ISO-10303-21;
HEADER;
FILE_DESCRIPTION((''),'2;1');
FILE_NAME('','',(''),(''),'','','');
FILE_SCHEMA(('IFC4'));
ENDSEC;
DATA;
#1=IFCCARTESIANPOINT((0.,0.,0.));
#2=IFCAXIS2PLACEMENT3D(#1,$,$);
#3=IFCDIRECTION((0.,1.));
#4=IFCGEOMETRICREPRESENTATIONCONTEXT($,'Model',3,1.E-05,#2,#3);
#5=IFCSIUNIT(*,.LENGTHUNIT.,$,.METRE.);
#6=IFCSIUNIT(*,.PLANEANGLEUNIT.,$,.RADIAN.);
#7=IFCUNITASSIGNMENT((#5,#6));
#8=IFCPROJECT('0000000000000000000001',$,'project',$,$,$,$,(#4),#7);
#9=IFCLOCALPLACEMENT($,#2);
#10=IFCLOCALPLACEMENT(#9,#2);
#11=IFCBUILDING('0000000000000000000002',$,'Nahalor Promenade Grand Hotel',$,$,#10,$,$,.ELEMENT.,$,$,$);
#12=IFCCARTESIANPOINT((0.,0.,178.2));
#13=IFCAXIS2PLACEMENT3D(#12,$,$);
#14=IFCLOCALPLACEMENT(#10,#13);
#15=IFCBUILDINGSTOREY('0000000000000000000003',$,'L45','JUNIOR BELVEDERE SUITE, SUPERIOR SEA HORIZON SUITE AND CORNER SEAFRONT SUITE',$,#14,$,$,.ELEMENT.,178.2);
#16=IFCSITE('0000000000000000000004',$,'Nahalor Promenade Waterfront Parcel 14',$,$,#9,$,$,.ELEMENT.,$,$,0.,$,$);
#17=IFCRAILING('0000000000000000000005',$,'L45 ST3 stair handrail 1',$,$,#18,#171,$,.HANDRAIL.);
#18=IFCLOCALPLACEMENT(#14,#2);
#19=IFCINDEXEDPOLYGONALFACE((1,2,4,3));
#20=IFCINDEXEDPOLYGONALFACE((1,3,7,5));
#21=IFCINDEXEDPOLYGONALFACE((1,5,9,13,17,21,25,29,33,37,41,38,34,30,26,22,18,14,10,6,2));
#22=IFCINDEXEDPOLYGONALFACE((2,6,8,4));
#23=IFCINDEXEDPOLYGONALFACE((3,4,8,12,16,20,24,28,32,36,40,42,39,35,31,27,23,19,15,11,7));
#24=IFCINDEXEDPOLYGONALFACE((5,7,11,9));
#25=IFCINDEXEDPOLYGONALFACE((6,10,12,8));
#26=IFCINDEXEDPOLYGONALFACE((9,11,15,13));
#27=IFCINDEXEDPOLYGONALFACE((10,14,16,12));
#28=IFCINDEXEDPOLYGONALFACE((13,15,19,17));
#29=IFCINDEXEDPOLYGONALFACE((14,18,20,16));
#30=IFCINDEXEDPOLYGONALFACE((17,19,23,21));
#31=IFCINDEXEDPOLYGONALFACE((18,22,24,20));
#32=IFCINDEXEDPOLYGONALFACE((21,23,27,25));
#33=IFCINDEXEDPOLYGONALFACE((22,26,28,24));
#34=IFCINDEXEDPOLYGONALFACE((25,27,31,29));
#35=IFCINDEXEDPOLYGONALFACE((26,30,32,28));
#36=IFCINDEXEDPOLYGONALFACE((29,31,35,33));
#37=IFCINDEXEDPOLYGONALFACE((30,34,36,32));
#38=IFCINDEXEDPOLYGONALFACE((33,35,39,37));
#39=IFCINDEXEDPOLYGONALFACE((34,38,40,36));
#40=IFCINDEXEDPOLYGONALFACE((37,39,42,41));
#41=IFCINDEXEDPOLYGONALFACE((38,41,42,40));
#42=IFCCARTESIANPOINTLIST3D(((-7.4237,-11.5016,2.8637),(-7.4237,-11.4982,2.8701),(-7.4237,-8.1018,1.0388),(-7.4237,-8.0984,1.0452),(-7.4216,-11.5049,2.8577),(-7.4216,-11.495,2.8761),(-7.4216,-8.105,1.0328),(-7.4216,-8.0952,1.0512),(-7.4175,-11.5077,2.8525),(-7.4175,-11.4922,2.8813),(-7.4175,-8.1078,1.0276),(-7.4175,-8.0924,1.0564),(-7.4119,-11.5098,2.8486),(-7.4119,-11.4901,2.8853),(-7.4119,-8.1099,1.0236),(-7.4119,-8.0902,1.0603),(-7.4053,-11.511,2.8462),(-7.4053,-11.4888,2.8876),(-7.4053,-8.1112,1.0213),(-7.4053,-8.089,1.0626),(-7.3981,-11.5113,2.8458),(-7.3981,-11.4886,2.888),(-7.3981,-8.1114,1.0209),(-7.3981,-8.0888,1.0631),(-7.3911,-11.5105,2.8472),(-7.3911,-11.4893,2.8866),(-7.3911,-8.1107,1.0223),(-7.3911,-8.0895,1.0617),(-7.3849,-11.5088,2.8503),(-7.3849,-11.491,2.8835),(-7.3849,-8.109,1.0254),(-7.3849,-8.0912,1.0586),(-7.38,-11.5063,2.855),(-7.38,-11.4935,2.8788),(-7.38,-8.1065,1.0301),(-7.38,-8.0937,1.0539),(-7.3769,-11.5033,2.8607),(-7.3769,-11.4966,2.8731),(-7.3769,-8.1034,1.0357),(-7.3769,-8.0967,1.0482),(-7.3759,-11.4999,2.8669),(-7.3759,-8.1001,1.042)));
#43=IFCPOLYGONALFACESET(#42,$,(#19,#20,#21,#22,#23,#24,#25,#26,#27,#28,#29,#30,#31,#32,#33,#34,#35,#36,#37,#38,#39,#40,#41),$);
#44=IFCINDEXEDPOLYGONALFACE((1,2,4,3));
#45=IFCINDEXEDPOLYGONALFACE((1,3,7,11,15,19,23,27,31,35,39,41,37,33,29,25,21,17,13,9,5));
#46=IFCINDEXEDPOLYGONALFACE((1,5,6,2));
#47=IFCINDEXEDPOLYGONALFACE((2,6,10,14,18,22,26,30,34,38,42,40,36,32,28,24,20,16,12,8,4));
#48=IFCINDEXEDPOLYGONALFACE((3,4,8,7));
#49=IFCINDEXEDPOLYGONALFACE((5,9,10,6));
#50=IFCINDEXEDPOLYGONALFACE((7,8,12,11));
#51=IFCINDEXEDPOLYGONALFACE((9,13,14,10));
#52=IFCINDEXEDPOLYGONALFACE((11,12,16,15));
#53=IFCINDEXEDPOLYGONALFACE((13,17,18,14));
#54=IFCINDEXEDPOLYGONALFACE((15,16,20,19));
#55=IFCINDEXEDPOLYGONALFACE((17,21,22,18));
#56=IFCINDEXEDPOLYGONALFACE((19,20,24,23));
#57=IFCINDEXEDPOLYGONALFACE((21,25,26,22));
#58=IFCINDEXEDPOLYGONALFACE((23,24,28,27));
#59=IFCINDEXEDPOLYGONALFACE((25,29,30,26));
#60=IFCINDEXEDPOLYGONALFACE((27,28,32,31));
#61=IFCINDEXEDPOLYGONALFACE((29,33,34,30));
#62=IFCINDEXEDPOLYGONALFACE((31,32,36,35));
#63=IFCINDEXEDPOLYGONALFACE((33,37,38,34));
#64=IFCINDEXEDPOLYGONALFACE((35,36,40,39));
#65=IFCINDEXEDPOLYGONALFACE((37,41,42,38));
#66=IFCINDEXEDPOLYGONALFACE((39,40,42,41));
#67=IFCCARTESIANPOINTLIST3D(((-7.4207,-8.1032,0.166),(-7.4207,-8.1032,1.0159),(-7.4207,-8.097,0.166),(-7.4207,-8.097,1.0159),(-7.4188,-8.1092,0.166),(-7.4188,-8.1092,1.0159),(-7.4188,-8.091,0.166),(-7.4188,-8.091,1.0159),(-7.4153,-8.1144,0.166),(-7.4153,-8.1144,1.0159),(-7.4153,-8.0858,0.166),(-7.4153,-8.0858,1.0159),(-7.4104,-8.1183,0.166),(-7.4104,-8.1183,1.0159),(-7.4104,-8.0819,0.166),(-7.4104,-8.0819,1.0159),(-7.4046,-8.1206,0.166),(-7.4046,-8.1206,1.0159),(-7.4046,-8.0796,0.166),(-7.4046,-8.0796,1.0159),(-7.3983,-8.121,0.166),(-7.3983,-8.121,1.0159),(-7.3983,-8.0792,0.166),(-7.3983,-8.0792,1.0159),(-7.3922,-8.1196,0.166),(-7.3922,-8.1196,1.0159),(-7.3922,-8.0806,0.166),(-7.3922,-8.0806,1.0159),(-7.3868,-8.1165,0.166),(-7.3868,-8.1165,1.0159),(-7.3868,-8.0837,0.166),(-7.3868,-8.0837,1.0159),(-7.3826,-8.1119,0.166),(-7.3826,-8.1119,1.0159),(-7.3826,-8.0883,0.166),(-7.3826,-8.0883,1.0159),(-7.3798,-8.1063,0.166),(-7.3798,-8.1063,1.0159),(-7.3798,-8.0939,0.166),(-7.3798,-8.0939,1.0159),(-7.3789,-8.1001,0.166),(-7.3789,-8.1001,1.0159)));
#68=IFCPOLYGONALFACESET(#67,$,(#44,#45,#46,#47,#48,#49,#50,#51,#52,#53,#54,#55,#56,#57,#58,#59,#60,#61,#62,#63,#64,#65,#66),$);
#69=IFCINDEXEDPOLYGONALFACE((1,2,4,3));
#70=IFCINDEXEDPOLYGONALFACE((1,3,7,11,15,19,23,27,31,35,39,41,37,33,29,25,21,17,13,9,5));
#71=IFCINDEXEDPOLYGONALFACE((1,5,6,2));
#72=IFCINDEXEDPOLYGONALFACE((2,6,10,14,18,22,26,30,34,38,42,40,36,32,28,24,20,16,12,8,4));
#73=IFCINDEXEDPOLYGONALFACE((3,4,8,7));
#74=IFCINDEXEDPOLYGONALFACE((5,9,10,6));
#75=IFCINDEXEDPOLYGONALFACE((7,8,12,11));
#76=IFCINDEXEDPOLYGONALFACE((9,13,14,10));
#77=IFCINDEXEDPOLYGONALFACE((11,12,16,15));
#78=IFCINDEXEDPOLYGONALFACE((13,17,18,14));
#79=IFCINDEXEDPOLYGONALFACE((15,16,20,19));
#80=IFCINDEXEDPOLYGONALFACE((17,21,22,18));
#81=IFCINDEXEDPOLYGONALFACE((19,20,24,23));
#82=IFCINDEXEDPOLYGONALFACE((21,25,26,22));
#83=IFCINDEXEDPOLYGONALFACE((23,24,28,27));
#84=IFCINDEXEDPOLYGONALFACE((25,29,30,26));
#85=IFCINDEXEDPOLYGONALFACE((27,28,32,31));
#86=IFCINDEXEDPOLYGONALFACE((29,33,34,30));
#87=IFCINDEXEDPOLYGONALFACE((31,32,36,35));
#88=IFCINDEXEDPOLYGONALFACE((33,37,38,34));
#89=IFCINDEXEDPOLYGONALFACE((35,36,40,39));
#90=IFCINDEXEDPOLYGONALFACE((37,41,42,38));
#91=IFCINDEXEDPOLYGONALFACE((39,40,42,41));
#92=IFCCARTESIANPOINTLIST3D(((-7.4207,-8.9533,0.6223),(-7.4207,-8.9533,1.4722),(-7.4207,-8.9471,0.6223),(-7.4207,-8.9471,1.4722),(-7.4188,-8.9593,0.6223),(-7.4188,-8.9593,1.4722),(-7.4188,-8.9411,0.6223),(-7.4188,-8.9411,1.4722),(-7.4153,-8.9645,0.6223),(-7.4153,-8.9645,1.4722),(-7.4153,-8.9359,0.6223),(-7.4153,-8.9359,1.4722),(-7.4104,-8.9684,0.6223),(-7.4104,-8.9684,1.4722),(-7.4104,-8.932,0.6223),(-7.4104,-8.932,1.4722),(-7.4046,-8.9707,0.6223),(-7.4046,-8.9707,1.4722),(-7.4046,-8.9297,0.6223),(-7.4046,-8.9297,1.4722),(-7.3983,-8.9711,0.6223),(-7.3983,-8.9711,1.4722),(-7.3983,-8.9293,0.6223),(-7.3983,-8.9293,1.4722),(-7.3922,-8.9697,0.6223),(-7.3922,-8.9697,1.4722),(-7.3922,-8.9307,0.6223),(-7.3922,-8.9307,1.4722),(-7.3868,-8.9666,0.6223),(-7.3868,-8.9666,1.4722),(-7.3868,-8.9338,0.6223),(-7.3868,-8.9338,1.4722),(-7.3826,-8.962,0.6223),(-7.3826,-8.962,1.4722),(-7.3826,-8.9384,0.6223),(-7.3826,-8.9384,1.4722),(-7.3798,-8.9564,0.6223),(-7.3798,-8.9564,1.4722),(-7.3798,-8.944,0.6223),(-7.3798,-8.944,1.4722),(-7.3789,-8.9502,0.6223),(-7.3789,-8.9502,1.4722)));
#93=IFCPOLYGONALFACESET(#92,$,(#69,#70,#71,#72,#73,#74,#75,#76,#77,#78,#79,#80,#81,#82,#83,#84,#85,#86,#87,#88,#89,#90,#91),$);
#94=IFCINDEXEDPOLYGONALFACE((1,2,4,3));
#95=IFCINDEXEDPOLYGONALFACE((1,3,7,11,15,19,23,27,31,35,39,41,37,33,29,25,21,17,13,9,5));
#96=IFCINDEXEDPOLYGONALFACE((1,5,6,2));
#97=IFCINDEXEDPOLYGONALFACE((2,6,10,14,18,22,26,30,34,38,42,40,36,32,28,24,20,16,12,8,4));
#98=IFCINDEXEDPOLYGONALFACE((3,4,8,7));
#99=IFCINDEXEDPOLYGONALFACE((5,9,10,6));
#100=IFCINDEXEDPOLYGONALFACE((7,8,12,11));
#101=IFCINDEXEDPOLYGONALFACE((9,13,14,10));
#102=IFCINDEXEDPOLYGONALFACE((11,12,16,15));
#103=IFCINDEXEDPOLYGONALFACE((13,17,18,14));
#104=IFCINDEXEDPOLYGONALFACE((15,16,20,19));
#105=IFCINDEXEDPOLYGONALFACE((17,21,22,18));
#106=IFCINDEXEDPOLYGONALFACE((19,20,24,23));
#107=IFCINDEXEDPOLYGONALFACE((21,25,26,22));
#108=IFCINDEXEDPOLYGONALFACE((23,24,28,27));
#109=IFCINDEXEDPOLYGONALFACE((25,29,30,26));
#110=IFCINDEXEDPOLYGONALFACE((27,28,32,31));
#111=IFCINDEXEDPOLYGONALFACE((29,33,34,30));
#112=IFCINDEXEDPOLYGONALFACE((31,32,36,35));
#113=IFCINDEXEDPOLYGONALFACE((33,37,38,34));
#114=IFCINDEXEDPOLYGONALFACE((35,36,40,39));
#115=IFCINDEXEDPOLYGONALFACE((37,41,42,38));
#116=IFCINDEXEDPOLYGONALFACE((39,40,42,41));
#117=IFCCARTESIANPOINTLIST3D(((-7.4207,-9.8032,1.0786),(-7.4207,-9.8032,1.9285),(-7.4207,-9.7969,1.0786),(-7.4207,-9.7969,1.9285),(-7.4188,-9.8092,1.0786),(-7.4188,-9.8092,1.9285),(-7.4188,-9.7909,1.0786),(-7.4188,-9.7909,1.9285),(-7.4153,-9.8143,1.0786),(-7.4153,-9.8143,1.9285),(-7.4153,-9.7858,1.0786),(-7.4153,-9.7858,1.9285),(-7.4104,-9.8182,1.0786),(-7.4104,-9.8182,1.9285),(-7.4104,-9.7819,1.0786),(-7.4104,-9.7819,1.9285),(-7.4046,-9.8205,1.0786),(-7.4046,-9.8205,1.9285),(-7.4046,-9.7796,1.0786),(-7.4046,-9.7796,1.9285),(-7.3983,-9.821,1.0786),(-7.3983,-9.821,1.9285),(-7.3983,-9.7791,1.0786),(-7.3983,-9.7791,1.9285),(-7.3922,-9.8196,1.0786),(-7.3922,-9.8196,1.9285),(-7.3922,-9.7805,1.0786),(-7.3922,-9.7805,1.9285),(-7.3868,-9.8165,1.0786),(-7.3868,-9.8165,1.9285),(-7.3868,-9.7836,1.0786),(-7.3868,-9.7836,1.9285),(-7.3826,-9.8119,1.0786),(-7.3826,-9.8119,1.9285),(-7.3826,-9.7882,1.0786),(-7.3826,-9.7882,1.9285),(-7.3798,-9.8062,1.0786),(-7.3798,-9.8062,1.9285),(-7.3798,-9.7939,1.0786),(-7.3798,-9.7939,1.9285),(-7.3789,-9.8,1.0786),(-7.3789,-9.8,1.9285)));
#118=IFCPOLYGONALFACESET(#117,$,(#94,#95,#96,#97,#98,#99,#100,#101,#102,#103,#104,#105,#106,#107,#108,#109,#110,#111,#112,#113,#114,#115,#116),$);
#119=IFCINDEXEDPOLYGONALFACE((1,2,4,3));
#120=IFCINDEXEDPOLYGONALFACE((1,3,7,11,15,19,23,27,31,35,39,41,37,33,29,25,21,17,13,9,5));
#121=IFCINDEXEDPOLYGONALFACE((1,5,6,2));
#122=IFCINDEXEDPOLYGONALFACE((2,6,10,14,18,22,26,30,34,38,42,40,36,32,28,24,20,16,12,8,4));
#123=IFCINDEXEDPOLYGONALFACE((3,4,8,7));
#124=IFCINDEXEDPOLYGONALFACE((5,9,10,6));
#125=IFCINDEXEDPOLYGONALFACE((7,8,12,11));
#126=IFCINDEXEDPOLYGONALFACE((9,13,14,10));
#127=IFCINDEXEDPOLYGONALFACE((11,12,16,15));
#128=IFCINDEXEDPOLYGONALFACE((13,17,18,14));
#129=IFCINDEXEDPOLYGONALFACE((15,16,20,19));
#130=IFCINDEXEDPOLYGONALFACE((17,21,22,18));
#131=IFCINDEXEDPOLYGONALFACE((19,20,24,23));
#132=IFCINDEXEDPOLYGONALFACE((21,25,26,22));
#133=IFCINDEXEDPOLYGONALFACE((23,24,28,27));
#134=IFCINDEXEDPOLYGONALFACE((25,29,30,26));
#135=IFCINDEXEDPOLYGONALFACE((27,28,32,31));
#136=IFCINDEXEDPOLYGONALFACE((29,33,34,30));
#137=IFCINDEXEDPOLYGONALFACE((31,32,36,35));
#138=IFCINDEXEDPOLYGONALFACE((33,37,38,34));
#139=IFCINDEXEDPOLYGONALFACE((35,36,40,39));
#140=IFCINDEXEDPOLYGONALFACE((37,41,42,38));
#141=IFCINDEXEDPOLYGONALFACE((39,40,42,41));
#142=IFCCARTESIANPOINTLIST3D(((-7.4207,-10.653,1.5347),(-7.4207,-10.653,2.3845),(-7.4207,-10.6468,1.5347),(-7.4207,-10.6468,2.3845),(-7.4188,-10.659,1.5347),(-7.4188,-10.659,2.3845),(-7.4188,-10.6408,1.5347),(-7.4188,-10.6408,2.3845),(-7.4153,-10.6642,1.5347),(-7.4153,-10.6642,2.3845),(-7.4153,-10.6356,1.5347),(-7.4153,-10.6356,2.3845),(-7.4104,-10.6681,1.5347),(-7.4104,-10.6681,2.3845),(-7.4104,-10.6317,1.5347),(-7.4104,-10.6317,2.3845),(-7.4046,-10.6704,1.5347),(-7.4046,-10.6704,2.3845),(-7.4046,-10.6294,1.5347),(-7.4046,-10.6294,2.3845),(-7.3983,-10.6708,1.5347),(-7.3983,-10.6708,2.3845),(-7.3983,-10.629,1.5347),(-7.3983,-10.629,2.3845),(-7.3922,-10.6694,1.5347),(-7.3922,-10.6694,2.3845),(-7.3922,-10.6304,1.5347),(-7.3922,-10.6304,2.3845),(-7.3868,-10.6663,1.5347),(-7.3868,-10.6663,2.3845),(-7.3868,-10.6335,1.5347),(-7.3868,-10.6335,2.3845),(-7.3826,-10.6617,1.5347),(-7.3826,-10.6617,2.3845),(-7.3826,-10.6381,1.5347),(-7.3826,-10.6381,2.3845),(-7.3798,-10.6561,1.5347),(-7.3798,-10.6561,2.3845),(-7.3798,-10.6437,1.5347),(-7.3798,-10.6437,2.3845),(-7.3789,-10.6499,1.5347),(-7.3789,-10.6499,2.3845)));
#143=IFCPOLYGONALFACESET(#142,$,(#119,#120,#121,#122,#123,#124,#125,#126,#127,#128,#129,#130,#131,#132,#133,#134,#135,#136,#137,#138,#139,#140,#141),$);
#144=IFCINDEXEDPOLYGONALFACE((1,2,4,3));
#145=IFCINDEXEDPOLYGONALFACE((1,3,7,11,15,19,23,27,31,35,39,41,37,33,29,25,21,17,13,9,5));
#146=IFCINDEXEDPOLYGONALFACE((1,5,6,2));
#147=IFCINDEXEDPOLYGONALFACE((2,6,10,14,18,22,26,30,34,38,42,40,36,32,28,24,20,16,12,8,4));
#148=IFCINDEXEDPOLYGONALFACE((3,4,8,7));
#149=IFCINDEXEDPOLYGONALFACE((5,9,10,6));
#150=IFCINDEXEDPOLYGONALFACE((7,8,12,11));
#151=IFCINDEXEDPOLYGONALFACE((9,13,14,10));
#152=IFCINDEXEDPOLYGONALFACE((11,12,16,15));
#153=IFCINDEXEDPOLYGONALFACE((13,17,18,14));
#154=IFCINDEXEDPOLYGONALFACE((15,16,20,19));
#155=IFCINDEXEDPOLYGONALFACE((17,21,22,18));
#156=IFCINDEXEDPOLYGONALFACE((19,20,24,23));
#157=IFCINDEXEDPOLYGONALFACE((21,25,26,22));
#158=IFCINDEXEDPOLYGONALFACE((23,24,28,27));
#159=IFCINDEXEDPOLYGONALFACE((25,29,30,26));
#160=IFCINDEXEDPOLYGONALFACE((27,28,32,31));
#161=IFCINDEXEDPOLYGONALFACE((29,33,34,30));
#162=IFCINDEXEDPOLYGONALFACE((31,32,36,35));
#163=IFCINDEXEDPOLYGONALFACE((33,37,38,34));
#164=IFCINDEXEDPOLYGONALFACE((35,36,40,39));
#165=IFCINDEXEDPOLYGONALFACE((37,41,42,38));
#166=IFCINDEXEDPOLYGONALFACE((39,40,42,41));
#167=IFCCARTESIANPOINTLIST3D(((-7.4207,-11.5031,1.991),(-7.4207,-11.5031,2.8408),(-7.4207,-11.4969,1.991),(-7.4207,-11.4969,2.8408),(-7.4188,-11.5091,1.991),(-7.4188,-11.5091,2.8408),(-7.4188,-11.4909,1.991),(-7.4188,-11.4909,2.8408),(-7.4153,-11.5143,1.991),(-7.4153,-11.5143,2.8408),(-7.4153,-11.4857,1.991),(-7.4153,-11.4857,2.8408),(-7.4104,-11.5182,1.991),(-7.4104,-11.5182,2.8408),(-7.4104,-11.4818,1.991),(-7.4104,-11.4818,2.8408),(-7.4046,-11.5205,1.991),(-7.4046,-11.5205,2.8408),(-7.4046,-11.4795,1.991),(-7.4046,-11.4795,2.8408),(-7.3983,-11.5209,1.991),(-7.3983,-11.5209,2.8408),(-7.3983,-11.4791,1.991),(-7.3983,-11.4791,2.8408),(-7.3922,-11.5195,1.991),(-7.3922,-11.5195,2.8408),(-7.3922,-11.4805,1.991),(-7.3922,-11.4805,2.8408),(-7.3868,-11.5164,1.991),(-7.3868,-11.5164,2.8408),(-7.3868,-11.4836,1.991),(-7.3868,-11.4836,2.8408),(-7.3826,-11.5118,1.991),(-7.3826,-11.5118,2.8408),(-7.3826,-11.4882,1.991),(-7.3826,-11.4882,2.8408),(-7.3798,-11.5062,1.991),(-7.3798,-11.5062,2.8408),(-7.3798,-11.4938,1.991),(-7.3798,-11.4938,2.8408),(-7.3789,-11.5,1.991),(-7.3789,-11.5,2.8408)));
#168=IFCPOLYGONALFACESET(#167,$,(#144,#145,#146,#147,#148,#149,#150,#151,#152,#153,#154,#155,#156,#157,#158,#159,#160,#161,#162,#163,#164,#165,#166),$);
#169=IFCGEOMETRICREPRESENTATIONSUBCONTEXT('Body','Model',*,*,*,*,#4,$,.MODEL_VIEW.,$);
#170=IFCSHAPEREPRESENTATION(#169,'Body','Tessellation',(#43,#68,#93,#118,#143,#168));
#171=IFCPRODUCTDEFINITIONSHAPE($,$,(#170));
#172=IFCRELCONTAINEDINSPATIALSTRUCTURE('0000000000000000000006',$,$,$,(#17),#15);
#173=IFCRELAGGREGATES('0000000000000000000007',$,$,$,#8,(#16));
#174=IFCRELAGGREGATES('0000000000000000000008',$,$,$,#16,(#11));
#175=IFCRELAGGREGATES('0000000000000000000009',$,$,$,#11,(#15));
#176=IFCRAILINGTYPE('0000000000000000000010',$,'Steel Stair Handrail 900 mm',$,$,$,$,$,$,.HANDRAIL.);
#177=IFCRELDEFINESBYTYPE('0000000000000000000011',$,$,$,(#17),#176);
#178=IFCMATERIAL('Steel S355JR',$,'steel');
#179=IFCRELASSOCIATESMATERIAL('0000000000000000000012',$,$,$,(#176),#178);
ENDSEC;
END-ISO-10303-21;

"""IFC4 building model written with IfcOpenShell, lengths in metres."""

from ifc_helpers import new_model, si_unit, direction, frame, origin, origin_2d, place, context, subcontext, project, spatial, circle, extrude, material, type_object, element, save


model = new_model("IFC4")

# Units and contexts
model_context = context("Model", 3, precision=1e-05, world=origin(), true_north=direction((0.0, 1.0)))
body_context = subcontext(model_context, "Body", "Model", "MODEL_VIEW")
ifc_project = project(units=[si_unit("LENGTHUNIT", "METRE"), si_unit("PLANEANGLEUNIT", "RADIAN")], contexts=[model_context])

# Site, building, storey
site_placement = place(None, origin())
site = spatial("IfcSite", under=ifc_project, at=site_placement, Name="Nahalor Promenade Waterfront Parcel 14", CompositionType="ELEMENT", RefElevation=0.0)
building_placement = place(site_placement, origin())
building = spatial("IfcBuilding", under=site, at=building_placement, Name="Nahalor Promenade Grand Hotel", CompositionType="ELEMENT")
storey_placement = place(building_placement, frame((0.0, 0.0, 178.2)))
storey = spatial("IfcBuildingStorey", under=building, at=storey_placement, Name="L45", Description="JUNIOR BELVEDERE SUITE, SUPERIOR SEA HORIZON SUITE AND CORNER SEAFRONT SUITE", CompositionType="ELEMENT", Elevation=178.2)

# Shared definitions
ifc_material_1 = material(Name="Steel S355JR", Category="steel")

# Railing
railing_type_1 = type_object("IfcRailingType", Name="Steel Stair Handrail 900 mm", PredefinedType="HANDRAIL", material=ifc_material_1)
for number, where, name in (
    (1, (-7.3999, -8.1001, 0.166), "L45 ST3 stair handrail 1"),
):
    element("IfcRailing", number, at=place(storey_placement, frame(where)), inside=storey, type_object=railing_type_1, Name=name, PredefinedType="HANDRAIL", context=body_context, shape_type="SweptSolid", body=[
        extrude(circle(Radius=0.024, at=origin_2d()), frame((0.0, 0.0, 0.876), z_axis=(0.0, -0.881094, 0.472941), x_axis=(1.0, 0.0, 0.0)), (0.0, 0.0, 1.0), 3.8586),
        extrude(circle(Radius=0.021, at=origin_2d()), origin(), (0.0, 0.0, 1.0), 0.8499),
        extrude(circle(Radius=0.021, at=origin_2d()), frame((0.0, -0.8501, 0.4563)), (0.0, 0.0, 1.0), 0.8499),
        extrude(circle(Radius=0.021, at=origin_2d()), frame((0.0, -1.7, 0.9126)), (0.0, 0.0, 1.0), 0.8499),
        extrude(circle(Radius=0.021, at=origin_2d()), frame((0.0, -2.5498, 1.3687)), (0.0, 0.0, 1.0), 0.8499),
        extrude(circle(Radius=0.021, at=origin_2d()), frame((0.0, -3.3999, 1.825)), (0.0, 0.0, 1.0), 0.8499),
    ])

save(model, "model.ifc")
